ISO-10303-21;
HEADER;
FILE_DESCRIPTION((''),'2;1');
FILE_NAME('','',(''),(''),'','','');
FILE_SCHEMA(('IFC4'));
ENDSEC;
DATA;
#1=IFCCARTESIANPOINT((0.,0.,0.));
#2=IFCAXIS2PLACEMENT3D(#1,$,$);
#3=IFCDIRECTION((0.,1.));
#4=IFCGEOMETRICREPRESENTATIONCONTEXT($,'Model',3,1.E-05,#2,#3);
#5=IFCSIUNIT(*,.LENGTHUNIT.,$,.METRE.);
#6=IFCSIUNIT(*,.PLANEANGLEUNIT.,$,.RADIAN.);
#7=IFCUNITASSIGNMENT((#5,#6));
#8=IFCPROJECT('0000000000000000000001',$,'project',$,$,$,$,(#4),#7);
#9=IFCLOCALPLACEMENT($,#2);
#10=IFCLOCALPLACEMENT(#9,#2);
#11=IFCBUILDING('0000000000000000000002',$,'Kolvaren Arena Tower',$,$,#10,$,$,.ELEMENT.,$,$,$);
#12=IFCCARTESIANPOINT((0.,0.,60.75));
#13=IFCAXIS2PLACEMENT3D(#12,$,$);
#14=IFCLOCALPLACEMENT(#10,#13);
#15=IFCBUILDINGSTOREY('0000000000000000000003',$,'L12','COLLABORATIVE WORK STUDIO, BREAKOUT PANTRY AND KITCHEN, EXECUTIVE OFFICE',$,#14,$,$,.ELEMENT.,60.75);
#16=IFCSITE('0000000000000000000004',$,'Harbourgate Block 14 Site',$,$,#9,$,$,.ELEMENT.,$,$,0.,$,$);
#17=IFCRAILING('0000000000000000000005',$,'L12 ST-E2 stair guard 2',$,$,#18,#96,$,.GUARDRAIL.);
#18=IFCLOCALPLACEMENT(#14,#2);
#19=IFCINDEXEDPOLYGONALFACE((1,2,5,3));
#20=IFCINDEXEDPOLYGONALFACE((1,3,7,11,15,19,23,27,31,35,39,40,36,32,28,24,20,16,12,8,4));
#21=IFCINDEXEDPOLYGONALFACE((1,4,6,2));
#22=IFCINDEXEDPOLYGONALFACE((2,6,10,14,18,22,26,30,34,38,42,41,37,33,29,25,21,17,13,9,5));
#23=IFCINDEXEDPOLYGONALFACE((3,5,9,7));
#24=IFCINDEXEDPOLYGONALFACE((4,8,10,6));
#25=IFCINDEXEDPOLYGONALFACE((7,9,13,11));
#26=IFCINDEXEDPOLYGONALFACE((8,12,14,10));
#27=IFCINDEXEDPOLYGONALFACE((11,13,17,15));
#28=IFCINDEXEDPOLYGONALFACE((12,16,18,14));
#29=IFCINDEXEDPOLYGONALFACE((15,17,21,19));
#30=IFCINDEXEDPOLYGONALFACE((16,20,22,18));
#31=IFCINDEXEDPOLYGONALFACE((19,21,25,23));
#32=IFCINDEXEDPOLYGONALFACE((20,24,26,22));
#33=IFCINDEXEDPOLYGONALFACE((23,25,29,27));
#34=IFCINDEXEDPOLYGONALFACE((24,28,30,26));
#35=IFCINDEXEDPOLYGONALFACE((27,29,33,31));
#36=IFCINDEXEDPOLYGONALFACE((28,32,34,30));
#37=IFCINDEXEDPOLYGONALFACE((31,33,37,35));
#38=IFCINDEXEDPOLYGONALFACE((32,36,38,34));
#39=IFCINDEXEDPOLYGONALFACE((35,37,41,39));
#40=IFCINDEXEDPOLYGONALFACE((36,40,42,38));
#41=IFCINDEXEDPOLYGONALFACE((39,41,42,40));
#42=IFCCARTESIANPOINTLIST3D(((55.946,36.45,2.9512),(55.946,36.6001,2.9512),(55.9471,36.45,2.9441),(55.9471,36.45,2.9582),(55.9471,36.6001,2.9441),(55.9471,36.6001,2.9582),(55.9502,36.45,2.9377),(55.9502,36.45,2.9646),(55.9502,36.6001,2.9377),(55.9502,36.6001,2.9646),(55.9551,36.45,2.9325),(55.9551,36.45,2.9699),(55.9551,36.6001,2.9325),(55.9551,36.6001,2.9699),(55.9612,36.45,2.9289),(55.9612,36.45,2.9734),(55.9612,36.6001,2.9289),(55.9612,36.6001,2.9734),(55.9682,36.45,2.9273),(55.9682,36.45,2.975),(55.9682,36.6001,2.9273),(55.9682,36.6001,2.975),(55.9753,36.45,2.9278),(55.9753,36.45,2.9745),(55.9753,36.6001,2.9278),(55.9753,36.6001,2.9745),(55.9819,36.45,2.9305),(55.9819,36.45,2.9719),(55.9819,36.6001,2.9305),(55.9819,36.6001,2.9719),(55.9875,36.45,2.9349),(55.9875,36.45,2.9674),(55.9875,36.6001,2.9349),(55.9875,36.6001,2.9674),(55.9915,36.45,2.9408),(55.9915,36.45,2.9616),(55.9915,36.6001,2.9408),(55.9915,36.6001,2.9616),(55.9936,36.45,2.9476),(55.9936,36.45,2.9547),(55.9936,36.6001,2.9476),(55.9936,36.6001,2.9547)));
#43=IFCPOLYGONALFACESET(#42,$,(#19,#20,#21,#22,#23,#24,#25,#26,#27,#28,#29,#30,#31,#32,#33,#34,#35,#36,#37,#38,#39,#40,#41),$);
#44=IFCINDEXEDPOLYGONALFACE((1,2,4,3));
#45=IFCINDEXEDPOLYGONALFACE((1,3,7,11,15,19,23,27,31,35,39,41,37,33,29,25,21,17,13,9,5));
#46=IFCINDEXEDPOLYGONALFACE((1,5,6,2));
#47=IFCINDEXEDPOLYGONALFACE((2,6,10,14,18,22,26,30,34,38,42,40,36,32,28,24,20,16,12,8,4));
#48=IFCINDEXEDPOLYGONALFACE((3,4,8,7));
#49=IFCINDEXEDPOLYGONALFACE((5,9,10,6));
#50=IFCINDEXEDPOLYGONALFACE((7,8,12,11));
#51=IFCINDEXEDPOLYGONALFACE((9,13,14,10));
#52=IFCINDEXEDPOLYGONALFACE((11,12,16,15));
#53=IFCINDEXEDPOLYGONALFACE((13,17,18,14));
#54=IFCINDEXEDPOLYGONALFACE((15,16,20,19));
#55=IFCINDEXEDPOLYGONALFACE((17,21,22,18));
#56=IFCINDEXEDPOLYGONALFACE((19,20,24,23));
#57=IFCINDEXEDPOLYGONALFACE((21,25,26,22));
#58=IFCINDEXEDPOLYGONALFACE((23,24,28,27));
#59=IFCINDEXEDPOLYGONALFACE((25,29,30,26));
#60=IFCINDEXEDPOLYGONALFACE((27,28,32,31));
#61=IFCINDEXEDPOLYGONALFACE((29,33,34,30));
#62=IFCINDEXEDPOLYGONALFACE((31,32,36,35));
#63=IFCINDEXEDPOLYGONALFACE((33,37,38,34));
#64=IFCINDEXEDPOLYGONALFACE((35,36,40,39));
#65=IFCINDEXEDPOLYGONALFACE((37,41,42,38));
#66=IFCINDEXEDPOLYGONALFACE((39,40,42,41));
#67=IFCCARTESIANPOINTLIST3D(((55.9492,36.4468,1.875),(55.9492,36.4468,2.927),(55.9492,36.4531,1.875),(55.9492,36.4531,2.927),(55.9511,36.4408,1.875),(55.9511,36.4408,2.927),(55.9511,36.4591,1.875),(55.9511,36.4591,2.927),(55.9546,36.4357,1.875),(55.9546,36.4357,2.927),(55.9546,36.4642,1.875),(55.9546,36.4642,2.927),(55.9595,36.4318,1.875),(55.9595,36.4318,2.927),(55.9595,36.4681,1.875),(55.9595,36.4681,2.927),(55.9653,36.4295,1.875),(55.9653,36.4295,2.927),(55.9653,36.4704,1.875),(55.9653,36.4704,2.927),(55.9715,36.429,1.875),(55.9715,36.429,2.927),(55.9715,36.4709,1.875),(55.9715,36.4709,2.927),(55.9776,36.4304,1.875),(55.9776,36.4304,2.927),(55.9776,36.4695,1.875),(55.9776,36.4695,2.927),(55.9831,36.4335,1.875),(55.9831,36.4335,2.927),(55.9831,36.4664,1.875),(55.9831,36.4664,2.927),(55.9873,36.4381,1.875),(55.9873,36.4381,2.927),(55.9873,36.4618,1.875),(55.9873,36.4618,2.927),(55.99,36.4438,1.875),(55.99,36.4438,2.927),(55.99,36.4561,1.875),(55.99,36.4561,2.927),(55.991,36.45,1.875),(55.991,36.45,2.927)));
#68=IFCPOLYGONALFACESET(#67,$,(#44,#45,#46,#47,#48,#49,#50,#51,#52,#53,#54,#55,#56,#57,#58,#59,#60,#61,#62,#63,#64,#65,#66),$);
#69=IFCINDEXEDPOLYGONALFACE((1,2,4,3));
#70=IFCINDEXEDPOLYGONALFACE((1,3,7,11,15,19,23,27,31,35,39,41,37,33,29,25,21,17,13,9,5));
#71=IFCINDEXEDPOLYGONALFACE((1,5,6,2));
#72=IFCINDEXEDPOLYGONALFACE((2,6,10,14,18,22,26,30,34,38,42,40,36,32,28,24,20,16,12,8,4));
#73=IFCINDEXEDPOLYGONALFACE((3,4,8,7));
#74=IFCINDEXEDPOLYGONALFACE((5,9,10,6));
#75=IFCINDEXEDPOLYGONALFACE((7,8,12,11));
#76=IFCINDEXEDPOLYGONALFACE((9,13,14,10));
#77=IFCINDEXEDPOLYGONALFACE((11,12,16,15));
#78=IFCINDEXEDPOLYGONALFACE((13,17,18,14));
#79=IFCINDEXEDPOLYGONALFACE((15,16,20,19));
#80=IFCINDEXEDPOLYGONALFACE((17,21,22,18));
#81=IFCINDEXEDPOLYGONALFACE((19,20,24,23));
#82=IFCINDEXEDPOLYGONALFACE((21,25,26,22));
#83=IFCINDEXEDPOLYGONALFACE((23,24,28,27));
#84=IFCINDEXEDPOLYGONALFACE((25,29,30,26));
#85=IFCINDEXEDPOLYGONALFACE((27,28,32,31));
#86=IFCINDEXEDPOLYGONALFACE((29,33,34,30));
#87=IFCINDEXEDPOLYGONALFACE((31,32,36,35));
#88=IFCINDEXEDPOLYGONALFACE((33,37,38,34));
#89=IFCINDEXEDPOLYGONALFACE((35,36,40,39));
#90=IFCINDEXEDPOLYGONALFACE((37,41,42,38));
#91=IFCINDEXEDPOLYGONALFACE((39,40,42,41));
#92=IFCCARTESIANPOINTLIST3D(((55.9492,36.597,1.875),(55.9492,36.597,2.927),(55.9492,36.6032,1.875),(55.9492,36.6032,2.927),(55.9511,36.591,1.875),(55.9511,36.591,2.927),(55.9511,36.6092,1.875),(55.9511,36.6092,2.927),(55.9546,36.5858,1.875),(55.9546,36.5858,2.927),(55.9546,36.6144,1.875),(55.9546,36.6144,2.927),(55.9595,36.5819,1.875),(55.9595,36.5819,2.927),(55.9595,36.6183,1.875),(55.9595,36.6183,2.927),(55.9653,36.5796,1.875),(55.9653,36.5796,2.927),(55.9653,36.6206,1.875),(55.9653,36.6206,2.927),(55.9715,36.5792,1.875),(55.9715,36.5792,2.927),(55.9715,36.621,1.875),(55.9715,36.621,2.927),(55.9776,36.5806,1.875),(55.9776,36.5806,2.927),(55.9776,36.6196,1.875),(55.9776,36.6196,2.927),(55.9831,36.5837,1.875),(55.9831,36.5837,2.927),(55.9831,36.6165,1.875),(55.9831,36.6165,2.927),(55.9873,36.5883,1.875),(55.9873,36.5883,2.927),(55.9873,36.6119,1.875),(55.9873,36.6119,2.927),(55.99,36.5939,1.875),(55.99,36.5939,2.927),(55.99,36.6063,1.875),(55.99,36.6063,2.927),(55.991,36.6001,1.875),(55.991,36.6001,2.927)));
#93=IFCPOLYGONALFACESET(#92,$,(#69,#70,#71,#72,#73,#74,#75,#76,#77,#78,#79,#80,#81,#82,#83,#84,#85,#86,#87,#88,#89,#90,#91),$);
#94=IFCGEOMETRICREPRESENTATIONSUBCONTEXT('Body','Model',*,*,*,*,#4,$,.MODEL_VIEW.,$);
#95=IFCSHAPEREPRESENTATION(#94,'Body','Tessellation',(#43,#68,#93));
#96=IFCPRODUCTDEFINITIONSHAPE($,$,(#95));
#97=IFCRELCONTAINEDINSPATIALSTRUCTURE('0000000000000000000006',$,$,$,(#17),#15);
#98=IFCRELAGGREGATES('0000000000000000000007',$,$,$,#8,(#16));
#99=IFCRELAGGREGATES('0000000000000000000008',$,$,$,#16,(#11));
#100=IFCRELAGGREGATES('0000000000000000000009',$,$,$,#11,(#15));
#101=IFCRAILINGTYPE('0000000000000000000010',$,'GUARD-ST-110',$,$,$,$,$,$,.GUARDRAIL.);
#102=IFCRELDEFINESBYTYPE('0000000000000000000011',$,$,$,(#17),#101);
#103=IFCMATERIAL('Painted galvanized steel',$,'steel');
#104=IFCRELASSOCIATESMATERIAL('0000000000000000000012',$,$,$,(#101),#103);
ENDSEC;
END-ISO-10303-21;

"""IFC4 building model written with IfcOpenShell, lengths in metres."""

from ifc_helpers import new_model, si_unit, direction, frame, origin, origin_2d, place, context, subcontext, project, spatial, circle, extrude, material, type_object, element, save


model = new_model("IFC4")

# Units and contexts
model_context = context("Model", 3, precision=1e-05, world=origin(), true_north=direction((0.0, 1.0)))
body_context = subcontext(model_context, "Body", "Model", "MODEL_VIEW")
ifc_project = project(units=[si_unit("LENGTHUNIT", "METRE"), si_unit("PLANEANGLEUNIT", "RADIAN")], contexts=[model_context])

# Site, building, storey
site_placement = place(None, origin())
site = spatial("IfcSite", under=ifc_project, at=site_placement, Name="Harbourgate Block 14 Site", CompositionType="ELEMENT", RefElevation=0.0)
building_placement = place(site_placement, origin())
building = spatial("IfcBuilding", under=site, at=building_placement, Name="Kolvaren Arena Tower", CompositionType="ELEMENT")
storey_placement = place(building_placement, frame((0.0, 0.0, 60.75)))
storey = spatial("IfcBuildingStorey", under=building, at=storey_placement, Name="L12", Description="COLLABORATIVE WORK STUDIO, BREAKOUT PANTRY AND KITCHEN, EXECUTIVE OFFICE", CompositionType="ELEMENT", Elevation=60.75)

# Railing
ifc_material_1 = material(Name="Painted galvanized steel", Category="steel")
railing_type_1 = type_object("IfcRailingType", Name="GUARD-ST-110", PredefinedType="GUARDRAIL", material=ifc_material_1)
railing_1_placement = place(storey_placement, frame((55.97, 36.45, 1.875)))
element("IfcRailing", 1, at=railing_1_placement, inside=storey, type_object=railing_type_1, Name="L12 ST-E2 stair guard 2", PredefinedType="GUARDRAIL", context=body_context, shape_type="SweptSolid", body=[
    extrude(circle(Radius=0.0239, at=origin_2d()), frame((0.0, 0.0, 1.0762), z_axis=(0.0, 1.0, 0.0), x_axis=(-1.0, 0.0, 0.0)), (0.0, 0.0, 1.0), 0.1501),
    extrude(circle(Radius=0.021, at=origin_2d()), origin(), (0.0, 0.0, 1.0), 1.052),
    extrude(circle(Radius=0.021, at=origin_2d()), frame((0.0, 0.1501, 0.0)), (0.0, 0.0, 1.0), 1.052),
])

save(model, "model.ifc")
